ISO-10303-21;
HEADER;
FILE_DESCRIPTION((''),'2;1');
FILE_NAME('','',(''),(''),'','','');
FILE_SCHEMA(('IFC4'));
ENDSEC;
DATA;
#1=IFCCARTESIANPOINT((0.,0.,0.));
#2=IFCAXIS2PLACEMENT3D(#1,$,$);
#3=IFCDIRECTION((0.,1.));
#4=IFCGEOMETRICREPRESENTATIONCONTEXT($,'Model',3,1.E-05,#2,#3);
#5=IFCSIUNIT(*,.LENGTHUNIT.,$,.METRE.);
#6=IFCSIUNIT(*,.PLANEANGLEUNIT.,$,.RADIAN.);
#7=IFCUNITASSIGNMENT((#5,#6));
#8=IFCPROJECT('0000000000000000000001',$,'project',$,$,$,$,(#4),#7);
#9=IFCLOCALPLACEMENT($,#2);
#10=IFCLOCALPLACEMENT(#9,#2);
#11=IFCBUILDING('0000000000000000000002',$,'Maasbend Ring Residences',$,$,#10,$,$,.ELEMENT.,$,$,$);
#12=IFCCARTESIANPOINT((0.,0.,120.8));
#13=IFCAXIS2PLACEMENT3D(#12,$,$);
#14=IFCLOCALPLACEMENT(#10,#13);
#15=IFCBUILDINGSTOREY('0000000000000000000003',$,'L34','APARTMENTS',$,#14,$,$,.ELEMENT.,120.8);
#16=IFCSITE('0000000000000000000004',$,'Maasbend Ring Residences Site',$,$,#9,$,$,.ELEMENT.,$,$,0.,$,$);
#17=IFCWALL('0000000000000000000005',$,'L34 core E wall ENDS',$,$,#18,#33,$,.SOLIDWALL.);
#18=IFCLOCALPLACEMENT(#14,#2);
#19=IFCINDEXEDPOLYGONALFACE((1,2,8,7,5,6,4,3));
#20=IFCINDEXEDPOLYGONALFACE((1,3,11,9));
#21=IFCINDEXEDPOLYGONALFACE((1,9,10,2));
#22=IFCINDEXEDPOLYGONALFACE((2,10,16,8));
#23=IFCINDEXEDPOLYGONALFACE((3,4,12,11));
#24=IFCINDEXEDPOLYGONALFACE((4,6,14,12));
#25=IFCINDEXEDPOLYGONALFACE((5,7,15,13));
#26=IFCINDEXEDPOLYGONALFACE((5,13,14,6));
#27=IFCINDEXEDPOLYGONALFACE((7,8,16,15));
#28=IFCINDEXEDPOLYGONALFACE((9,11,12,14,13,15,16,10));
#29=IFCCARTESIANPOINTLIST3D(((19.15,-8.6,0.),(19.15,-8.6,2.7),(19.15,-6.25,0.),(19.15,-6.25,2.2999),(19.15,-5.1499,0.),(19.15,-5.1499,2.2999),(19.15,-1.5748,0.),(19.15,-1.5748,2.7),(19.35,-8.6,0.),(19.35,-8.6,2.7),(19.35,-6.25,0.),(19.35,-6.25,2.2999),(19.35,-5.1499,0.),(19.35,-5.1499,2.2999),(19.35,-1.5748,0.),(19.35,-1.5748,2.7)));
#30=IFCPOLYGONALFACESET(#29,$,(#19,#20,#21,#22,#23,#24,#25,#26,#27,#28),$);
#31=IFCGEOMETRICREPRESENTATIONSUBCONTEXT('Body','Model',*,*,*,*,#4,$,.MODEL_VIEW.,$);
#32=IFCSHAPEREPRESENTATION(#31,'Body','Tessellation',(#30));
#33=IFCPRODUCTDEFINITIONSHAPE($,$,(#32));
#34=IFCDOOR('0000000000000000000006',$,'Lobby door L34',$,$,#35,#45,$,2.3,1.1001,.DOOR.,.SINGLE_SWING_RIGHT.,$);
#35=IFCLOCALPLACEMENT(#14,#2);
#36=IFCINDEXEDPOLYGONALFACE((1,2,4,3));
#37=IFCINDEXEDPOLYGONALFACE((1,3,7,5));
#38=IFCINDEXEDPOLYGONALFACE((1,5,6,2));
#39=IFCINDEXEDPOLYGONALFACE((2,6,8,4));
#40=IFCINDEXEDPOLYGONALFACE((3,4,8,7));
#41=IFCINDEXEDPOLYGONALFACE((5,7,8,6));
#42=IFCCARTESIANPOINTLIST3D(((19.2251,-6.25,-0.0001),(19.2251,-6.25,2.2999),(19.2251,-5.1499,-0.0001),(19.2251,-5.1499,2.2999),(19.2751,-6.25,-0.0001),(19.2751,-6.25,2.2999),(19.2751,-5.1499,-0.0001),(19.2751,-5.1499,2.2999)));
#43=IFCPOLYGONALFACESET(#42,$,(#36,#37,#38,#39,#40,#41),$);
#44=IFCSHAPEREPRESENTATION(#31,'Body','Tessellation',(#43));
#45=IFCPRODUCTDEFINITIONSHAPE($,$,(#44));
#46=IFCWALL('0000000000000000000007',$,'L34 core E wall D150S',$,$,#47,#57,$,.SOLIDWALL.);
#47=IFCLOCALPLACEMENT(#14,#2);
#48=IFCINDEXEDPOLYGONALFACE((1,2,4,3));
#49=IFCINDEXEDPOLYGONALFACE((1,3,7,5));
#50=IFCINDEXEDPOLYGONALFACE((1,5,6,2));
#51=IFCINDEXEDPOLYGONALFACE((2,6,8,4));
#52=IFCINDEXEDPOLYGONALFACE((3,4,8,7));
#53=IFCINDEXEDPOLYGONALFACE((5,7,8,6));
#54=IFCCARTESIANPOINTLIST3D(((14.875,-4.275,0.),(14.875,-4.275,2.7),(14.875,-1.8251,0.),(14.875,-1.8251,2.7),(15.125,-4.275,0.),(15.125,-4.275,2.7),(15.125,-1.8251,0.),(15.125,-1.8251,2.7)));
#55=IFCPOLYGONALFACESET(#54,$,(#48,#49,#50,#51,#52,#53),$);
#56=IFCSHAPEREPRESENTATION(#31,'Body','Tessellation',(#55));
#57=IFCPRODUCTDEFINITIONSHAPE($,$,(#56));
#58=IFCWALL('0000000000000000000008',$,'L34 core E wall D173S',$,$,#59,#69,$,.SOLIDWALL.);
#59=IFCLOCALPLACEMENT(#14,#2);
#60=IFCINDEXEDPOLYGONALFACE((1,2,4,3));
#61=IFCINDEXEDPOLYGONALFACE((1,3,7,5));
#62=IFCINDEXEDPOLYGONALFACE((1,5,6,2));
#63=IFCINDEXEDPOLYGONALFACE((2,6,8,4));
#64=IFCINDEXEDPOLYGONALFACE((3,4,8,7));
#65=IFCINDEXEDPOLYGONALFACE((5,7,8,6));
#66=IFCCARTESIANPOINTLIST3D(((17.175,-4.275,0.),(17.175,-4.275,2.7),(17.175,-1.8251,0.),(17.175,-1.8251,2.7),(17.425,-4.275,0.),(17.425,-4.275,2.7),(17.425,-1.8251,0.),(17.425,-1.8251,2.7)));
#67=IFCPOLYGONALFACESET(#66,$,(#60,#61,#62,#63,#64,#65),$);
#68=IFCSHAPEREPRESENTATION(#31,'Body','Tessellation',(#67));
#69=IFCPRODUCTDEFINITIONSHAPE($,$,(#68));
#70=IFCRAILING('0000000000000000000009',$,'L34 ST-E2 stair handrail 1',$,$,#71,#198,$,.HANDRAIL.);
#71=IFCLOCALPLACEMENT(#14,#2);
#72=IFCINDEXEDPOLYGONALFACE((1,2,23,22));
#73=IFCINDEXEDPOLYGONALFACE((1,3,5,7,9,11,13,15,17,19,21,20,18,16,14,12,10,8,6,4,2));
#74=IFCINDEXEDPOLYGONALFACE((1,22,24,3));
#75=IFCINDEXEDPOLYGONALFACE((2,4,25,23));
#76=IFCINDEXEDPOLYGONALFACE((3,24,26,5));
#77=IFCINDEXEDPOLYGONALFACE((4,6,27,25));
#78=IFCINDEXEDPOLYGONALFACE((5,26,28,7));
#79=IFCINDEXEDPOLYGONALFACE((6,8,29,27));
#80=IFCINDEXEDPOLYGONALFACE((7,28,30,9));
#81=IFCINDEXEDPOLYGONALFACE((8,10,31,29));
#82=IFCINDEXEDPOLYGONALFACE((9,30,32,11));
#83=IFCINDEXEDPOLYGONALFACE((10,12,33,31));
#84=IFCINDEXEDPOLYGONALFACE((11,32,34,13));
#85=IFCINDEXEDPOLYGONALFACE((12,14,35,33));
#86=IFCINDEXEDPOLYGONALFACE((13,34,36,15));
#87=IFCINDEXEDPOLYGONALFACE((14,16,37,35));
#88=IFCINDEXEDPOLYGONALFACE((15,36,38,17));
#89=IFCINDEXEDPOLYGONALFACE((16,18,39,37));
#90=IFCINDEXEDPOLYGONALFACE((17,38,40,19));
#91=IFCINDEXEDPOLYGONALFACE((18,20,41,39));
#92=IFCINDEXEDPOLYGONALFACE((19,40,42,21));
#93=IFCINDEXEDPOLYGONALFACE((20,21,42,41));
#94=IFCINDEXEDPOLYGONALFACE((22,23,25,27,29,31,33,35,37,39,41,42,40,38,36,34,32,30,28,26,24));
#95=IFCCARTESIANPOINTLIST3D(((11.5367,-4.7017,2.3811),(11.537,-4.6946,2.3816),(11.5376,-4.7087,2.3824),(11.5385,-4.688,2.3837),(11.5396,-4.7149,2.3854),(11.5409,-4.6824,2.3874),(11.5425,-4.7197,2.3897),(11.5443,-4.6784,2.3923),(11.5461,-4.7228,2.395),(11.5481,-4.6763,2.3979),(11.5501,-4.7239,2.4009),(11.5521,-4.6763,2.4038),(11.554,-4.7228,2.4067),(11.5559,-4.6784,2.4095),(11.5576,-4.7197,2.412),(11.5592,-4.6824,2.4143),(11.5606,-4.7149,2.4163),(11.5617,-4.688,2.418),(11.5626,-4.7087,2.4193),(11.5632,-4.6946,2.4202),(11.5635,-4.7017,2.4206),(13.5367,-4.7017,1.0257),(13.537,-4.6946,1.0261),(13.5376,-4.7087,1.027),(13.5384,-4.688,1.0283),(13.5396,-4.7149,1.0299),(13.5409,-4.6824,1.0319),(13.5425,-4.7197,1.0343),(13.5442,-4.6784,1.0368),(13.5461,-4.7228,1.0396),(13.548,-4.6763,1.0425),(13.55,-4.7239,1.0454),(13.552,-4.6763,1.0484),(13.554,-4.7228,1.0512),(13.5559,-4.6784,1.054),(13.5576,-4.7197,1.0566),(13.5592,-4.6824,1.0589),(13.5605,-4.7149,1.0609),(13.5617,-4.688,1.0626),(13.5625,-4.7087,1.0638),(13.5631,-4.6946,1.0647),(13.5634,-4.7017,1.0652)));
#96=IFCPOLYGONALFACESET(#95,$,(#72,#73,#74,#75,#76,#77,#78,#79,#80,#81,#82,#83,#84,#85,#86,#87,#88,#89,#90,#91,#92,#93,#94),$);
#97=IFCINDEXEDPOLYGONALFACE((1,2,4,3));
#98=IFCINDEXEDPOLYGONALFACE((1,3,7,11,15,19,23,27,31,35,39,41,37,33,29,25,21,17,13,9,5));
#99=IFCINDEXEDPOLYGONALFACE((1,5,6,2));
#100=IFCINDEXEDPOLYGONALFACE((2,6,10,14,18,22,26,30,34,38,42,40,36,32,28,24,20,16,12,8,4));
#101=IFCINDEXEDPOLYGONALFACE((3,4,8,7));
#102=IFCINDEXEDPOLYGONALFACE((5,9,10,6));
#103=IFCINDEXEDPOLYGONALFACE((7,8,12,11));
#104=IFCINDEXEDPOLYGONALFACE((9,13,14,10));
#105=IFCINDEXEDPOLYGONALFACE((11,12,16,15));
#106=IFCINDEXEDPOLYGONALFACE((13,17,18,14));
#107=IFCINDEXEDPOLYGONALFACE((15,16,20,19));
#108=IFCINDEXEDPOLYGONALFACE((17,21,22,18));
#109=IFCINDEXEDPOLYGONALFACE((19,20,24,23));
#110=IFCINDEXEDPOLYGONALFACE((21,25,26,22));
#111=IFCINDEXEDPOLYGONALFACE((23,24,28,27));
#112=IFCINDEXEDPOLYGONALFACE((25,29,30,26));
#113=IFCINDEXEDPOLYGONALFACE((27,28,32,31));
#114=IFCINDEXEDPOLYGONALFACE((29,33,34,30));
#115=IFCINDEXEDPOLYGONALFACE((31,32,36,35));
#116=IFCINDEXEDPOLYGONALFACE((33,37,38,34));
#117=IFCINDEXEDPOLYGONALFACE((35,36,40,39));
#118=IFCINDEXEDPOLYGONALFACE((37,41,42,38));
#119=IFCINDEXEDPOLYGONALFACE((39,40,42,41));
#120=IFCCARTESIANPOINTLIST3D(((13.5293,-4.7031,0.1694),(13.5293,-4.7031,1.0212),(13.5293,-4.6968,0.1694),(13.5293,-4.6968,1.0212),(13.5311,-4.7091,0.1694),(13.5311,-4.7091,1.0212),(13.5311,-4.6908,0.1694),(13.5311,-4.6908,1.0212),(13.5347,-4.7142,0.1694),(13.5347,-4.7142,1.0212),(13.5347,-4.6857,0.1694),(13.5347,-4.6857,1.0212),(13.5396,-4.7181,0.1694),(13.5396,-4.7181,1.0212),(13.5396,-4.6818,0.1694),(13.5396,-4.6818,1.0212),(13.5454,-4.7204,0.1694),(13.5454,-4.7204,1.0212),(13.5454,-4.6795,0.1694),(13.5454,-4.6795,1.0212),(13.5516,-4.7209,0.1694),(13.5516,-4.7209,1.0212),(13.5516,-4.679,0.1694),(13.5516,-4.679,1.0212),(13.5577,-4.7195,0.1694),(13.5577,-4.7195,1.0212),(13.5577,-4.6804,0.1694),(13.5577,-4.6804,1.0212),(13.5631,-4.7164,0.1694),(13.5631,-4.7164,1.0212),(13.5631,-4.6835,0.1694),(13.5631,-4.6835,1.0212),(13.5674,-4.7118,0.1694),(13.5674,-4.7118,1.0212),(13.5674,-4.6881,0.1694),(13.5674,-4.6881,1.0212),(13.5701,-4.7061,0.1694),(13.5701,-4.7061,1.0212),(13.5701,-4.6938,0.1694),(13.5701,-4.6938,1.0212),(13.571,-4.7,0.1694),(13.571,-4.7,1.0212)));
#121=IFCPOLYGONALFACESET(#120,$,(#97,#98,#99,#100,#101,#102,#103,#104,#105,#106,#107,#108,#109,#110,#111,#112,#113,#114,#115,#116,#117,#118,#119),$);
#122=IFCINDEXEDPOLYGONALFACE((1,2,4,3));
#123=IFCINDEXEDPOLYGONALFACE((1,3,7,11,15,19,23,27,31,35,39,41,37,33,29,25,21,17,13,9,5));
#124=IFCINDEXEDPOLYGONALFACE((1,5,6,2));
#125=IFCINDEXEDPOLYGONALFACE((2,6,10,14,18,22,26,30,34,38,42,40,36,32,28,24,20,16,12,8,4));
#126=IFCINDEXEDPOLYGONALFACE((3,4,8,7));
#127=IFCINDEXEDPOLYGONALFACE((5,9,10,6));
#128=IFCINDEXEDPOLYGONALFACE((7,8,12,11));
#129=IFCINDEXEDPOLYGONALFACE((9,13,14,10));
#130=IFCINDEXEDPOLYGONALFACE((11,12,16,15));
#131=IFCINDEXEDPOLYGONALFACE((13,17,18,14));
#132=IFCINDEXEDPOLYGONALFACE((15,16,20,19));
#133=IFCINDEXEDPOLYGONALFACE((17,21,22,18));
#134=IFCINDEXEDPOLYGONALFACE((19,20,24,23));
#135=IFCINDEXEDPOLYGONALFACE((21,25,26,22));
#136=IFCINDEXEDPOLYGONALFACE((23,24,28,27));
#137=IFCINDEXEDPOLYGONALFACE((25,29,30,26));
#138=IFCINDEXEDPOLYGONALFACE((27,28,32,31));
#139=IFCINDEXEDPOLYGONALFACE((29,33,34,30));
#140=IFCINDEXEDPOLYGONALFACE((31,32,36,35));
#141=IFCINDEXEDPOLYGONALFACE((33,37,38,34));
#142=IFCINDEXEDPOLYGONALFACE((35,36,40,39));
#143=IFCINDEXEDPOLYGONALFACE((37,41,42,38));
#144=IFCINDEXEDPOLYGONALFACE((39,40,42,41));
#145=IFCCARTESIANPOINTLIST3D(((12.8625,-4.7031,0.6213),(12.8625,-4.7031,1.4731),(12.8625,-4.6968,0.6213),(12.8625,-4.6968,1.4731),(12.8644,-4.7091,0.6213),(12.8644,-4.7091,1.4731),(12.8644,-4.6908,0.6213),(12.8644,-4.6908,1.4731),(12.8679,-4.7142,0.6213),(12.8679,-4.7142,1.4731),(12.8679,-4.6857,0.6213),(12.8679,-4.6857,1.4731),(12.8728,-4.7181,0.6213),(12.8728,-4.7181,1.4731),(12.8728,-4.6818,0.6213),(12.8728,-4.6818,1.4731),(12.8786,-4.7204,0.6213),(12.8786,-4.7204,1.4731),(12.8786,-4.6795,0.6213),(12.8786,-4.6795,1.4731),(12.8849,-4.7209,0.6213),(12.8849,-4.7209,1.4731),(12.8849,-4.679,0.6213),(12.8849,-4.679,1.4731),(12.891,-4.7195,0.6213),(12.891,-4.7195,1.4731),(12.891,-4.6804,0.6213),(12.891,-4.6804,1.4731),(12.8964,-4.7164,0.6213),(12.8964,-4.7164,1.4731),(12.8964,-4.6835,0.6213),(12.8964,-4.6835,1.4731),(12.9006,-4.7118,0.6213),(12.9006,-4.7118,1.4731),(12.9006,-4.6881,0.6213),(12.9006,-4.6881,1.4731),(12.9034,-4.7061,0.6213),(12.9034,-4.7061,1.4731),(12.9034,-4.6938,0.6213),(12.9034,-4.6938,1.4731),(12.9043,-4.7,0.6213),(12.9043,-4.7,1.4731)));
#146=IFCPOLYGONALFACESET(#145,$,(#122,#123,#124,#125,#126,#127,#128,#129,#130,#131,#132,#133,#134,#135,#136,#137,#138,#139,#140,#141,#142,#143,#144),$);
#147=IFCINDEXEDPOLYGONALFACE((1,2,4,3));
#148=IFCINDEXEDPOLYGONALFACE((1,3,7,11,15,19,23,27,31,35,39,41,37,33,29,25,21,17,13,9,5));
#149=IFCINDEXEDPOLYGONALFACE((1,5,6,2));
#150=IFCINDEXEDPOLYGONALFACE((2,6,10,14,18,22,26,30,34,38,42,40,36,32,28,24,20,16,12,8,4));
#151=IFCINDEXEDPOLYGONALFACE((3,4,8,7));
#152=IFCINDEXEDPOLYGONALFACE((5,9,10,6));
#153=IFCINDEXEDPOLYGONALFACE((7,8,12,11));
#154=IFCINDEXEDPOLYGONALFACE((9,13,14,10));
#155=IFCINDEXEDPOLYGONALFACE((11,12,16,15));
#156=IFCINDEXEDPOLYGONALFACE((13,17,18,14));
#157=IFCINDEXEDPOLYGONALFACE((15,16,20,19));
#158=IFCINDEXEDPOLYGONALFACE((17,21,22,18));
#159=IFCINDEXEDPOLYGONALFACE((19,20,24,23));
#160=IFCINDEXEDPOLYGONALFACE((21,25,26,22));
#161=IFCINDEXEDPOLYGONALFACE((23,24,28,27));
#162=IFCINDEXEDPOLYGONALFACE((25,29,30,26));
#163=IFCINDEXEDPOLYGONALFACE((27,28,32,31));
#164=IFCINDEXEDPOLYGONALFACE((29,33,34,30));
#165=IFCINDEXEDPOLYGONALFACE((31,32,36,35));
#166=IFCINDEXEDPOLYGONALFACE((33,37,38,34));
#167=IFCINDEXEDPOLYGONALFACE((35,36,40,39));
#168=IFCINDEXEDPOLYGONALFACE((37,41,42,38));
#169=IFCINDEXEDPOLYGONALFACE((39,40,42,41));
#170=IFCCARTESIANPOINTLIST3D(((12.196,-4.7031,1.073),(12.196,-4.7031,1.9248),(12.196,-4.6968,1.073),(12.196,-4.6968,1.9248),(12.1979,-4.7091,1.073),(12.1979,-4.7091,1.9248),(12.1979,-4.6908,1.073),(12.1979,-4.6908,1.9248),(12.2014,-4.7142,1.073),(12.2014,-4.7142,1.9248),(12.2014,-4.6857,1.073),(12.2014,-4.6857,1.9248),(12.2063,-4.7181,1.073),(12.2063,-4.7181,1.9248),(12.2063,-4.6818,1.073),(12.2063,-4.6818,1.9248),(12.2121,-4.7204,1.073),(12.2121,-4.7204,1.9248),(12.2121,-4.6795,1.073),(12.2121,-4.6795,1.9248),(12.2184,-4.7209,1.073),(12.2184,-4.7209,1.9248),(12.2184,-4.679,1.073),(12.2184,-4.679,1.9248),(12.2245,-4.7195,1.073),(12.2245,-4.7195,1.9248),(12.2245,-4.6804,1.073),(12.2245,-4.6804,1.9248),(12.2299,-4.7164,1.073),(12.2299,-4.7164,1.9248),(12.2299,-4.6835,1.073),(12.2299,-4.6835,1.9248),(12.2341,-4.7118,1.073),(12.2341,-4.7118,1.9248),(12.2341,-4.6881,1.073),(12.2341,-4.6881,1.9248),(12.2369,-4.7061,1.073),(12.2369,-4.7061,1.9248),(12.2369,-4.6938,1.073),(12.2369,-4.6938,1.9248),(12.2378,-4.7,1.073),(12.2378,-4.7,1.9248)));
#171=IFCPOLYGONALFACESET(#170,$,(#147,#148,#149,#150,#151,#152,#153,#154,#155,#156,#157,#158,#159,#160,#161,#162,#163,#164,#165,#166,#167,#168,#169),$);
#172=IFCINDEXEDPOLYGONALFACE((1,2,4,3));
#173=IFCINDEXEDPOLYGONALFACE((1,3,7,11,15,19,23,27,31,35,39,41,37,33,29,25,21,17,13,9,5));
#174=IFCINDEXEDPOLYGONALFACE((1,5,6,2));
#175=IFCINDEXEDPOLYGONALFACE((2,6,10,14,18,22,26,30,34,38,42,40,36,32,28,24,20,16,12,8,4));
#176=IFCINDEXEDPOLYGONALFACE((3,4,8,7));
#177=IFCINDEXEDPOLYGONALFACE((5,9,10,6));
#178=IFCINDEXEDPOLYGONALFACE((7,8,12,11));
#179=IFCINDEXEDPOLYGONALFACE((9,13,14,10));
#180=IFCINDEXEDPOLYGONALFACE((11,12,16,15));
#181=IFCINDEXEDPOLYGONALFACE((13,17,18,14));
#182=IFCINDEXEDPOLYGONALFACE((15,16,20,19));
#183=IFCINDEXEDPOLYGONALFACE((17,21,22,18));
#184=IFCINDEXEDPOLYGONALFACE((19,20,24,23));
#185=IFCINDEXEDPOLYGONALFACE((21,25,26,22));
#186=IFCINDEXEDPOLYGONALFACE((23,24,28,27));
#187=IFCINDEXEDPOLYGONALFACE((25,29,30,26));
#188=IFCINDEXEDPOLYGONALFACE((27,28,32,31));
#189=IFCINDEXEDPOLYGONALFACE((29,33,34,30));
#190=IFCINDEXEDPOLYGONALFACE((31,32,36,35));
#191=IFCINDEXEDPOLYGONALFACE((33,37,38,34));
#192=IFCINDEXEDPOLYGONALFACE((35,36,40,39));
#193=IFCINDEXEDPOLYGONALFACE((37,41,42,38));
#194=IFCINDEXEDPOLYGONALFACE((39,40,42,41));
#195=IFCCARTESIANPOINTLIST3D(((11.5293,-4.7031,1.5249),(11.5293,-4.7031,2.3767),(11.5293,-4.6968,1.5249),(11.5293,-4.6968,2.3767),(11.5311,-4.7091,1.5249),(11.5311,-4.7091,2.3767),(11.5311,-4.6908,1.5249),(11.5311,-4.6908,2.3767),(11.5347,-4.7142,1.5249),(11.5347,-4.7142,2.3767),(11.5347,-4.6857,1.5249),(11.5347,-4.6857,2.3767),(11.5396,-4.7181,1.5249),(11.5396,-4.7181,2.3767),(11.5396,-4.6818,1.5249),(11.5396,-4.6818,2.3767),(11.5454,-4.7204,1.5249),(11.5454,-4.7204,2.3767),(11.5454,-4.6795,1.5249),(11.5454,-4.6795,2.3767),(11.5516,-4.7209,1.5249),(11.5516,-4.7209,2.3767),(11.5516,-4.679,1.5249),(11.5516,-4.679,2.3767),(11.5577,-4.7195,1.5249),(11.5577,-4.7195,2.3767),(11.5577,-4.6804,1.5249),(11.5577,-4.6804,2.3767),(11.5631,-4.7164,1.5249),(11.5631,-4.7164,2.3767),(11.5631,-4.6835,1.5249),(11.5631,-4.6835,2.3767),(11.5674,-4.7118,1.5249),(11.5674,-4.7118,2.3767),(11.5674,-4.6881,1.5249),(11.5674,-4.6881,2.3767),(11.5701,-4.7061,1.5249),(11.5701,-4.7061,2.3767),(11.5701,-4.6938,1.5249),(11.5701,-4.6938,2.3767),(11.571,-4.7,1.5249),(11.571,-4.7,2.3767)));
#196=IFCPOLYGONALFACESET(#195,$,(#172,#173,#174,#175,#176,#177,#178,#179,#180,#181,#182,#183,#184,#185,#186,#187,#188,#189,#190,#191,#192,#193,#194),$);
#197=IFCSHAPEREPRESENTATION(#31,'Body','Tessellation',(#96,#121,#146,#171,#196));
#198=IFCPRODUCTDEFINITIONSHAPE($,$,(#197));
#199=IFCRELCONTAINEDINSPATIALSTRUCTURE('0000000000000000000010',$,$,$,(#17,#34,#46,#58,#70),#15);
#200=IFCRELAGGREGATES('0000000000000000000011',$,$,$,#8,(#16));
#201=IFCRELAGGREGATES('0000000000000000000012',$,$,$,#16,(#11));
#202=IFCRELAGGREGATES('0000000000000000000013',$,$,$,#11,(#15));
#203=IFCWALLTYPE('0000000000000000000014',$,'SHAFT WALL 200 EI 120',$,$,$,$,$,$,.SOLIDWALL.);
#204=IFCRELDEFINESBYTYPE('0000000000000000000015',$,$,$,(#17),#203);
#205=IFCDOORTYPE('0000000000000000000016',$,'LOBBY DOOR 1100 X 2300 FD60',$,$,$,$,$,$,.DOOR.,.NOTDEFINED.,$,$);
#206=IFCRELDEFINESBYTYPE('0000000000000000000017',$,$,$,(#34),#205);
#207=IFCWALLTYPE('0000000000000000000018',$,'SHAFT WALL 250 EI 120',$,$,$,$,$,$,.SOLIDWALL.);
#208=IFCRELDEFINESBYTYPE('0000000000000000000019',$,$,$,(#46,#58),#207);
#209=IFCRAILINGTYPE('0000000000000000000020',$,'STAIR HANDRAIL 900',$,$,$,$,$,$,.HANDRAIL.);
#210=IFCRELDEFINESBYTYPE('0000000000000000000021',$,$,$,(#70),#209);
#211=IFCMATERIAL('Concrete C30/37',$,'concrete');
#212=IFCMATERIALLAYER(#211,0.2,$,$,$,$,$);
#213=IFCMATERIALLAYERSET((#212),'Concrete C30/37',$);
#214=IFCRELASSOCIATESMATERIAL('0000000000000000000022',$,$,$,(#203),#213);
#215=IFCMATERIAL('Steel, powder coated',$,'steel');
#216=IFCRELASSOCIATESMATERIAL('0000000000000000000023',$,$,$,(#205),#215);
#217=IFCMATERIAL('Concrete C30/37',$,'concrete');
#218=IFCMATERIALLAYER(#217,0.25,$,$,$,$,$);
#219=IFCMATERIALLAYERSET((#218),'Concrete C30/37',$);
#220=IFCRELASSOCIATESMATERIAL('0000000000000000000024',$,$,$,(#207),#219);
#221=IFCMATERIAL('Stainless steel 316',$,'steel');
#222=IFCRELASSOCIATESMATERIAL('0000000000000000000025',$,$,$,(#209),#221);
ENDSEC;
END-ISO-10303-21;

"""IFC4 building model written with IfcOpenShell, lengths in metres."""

from ifc_helpers import new_model, si_unit, direction, frame, frame_2d, origin, origin_2d, place, context, subcontext, project, spatial, rectangle, circle, extrude, material, layer, layer_set, type_object, element, fill, save


model = new_model("IFC4")

# Units and contexts
model_context = context("Model", 3, precision=1e-05, world=origin(), true_north=direction((0.0, 1.0)))
body_context = subcontext(model_context, "Body", "Model", "MODEL_VIEW")
ifc_project = project(units=[si_unit("LENGTHUNIT", "METRE"), si_unit("PLANEANGLEUNIT", "RADIAN")], contexts=[model_context])

# Site, building, storey
site_placement = place(None, origin())
site = spatial("IfcSite", under=ifc_project, at=site_placement, Name="Maasbend Ring Residences Site", CompositionType="ELEMENT", RefElevation=0.0)
building_placement = place(site_placement, origin())
building = spatial("IfcBuilding", under=site, at=building_placement, Name="Maasbend Ring Residences", CompositionType="ELEMENT")
storey_placement = place(building_placement, frame((0.0, 0.0, 120.8)))
storey = spatial("IfcBuildingStorey", under=building, at=storey_placement, Name="L34", Description="APARTMENTS", CompositionType="ELEMENT", Elevation=120.8)

# Wall, opening, door
ifc_material_1 = material(Name="Concrete C30/37", Category="concrete")
ifc_layer_1 = layer(ifc_material_1, 0.2)
ifc_layer_set_1 = layer_set([ifc_layer_1], Name="Concrete C30/37")
wall_type_1 = type_object("IfcWallType", Name="SHAFT WALL 200 EI 120", PredefinedType="SOLIDWALL", material=ifc_layer_set_1)
wall_1_placement = place(storey_placement, frame((19.25, -8.6001, 0.0), z_axis=(0.0, 0.0, 1.0), x_axis=(0.0, 1.0, 0.0)))
wall_1 = element("IfcWall", 1, at=wall_1_placement, inside=storey, type_object=wall_type_1, Name="L34 core E wall ENDS", PredefinedType="SOLIDWALL", context=body_context, shape_type="SweptSolid", body=[
    extrude(rectangle(XDim=7.0251, YDim=0.2, at=frame_2d((3.5127, 0.0))), origin(), (0.0, 0.0, 1.0), 2.7),
])
opening_1_placement = place(wall_1_placement, frame((2.3501, 0.0, 0.0)))
opening_1 = element("IfcOpeningElement", 2, at=opening_1_placement, cuts=wall_1, PredefinedType="OPENING", context=body_context, shape_type="SweptSolid", body=[
    extrude(rectangle(XDim=1.1001, YDim=2.3, at=frame_2d((0.55, 1.1499))), frame((0.0, 0.1099, 0.0), z_axis=(0.0, -1.0, 0.0), x_axis=(1.0, 0.0, 0.0)), (0.0, 0.0, 1.0), 0.22),
])
ifc_material_2 = material(Name="Steel, powder coated", Category="steel")
door_type_1 = type_object("IfcDoorType", Name="LOBBY DOOR 1100 X 2300 FD60", OperationType="NOTDEFINED", PredefinedType="DOOR", material=ifc_material_2)
door_1_placement = place(opening_1_placement, origin())
door_1 = element("IfcDoor", 3, at=door_1_placement, inside=storey, type_object=door_type_1, Name="Lobby door L34", OperationType="SINGLE_SWING_RIGHT", OverallHeight=2.3, OverallWidth=1.1001, PredefinedType="DOOR", context=body_context, shape_type="SweptSolid", body=[
    extrude(rectangle(XDim=1.1001, YDim=2.3, at=frame_2d((0.55, 1.1499))), frame((0.0, 0.0249, 0.0), z_axis=(0.0, -1.0, 0.0), x_axis=(1.0, 0.0, 0.0)), (0.0, 0.0, 1.0), 0.05),
])
fill(opening_1, door_1)

# Walls
ifc_material_3 = material(Name="Concrete C30/37", Category="concrete")
ifc_layer_2 = layer(ifc_material_3, 0.25)
ifc_layer_set_2 = layer_set([ifc_layer_2], Name="Concrete C30/37")
wall_type_2 = type_object("IfcWallType", Name="SHAFT WALL 250 EI 120", PredefinedType="SOLIDWALL", material=ifc_layer_set_2)
for number, where, z_axis, x_axis, name in (
    (4, (15.0, -1.825, 0.0), (0.0, 0.0, 1.0), (0.0, -1.0, 0.0), "L34 core E wall D150S"),
    (5, (17.3, -1.825, 0.0), (0.0, 0.0, 1.0), (0.0, -1.0, 0.0), "L34 core E wall D173S"),
):
    element("IfcWall", number, at=place(storey_placement, frame(where, z_axis=z_axis, x_axis=x_axis)), inside=storey, type_object=wall_type_2, Name=name, PredefinedType="SOLIDWALL", context=body_context, shape_type="SweptSolid", body=[
        extrude(rectangle(XDim=2.45, YDim=0.25, at=frame_2d((1.2251, 0.0))), origin(), (0.0, 0.0, 1.0), 2.7),
    ])

# Railing
ifc_material_4 = material(Name="Stainless steel 316", Category="steel")
railing_type_1 = type_object("IfcRailingType", Name="STAIR HANDRAIL 900", PredefinedType="HANDRAIL", material=ifc_material_4)
railing_1_placement = place(storey_placement, frame((13.55, -4.7, 0.1694)))
element("IfcRailing", 6, at=railing_1_placement, inside=storey, type_object=railing_type_1, Name="L34 ST-E2 stair handrail 1", PredefinedType="HANDRAIL", context=body_context, shape_type="SweptSolid", body=[
    extrude(circle(Radius=0.0239, at=origin_2d()), frame((0.0, 0.0, 0.876), z_axis=(-0.827798, 0.0, 0.561027), x_axis=(0.0, -1.0, 0.0)), (0.0, 0.0, 1.0), 2.416),
    extrude(circle(Radius=0.021, at=origin_2d()), origin(), (0.0, 0.0, 1.0), 0.8518),
    extrude(circle(Radius=0.021, at=origin_2d()), frame((-0.6667, 0.0, 0.4519)), (0.0, 0.0, 1.0), 0.8518),
    extrude(circle(Radius=0.021, at=origin_2d()), frame((-1.3333, 0.0, 0.9036)), (0.0, 0.0, 1.0), 0.8518),
    extrude(circle(Radius=0.021, at=origin_2d()), frame((-2.0, 0.0, 1.3555)), (0.0, 0.0, 1.0), 0.8518),
])

save(model, "model.ifc")
